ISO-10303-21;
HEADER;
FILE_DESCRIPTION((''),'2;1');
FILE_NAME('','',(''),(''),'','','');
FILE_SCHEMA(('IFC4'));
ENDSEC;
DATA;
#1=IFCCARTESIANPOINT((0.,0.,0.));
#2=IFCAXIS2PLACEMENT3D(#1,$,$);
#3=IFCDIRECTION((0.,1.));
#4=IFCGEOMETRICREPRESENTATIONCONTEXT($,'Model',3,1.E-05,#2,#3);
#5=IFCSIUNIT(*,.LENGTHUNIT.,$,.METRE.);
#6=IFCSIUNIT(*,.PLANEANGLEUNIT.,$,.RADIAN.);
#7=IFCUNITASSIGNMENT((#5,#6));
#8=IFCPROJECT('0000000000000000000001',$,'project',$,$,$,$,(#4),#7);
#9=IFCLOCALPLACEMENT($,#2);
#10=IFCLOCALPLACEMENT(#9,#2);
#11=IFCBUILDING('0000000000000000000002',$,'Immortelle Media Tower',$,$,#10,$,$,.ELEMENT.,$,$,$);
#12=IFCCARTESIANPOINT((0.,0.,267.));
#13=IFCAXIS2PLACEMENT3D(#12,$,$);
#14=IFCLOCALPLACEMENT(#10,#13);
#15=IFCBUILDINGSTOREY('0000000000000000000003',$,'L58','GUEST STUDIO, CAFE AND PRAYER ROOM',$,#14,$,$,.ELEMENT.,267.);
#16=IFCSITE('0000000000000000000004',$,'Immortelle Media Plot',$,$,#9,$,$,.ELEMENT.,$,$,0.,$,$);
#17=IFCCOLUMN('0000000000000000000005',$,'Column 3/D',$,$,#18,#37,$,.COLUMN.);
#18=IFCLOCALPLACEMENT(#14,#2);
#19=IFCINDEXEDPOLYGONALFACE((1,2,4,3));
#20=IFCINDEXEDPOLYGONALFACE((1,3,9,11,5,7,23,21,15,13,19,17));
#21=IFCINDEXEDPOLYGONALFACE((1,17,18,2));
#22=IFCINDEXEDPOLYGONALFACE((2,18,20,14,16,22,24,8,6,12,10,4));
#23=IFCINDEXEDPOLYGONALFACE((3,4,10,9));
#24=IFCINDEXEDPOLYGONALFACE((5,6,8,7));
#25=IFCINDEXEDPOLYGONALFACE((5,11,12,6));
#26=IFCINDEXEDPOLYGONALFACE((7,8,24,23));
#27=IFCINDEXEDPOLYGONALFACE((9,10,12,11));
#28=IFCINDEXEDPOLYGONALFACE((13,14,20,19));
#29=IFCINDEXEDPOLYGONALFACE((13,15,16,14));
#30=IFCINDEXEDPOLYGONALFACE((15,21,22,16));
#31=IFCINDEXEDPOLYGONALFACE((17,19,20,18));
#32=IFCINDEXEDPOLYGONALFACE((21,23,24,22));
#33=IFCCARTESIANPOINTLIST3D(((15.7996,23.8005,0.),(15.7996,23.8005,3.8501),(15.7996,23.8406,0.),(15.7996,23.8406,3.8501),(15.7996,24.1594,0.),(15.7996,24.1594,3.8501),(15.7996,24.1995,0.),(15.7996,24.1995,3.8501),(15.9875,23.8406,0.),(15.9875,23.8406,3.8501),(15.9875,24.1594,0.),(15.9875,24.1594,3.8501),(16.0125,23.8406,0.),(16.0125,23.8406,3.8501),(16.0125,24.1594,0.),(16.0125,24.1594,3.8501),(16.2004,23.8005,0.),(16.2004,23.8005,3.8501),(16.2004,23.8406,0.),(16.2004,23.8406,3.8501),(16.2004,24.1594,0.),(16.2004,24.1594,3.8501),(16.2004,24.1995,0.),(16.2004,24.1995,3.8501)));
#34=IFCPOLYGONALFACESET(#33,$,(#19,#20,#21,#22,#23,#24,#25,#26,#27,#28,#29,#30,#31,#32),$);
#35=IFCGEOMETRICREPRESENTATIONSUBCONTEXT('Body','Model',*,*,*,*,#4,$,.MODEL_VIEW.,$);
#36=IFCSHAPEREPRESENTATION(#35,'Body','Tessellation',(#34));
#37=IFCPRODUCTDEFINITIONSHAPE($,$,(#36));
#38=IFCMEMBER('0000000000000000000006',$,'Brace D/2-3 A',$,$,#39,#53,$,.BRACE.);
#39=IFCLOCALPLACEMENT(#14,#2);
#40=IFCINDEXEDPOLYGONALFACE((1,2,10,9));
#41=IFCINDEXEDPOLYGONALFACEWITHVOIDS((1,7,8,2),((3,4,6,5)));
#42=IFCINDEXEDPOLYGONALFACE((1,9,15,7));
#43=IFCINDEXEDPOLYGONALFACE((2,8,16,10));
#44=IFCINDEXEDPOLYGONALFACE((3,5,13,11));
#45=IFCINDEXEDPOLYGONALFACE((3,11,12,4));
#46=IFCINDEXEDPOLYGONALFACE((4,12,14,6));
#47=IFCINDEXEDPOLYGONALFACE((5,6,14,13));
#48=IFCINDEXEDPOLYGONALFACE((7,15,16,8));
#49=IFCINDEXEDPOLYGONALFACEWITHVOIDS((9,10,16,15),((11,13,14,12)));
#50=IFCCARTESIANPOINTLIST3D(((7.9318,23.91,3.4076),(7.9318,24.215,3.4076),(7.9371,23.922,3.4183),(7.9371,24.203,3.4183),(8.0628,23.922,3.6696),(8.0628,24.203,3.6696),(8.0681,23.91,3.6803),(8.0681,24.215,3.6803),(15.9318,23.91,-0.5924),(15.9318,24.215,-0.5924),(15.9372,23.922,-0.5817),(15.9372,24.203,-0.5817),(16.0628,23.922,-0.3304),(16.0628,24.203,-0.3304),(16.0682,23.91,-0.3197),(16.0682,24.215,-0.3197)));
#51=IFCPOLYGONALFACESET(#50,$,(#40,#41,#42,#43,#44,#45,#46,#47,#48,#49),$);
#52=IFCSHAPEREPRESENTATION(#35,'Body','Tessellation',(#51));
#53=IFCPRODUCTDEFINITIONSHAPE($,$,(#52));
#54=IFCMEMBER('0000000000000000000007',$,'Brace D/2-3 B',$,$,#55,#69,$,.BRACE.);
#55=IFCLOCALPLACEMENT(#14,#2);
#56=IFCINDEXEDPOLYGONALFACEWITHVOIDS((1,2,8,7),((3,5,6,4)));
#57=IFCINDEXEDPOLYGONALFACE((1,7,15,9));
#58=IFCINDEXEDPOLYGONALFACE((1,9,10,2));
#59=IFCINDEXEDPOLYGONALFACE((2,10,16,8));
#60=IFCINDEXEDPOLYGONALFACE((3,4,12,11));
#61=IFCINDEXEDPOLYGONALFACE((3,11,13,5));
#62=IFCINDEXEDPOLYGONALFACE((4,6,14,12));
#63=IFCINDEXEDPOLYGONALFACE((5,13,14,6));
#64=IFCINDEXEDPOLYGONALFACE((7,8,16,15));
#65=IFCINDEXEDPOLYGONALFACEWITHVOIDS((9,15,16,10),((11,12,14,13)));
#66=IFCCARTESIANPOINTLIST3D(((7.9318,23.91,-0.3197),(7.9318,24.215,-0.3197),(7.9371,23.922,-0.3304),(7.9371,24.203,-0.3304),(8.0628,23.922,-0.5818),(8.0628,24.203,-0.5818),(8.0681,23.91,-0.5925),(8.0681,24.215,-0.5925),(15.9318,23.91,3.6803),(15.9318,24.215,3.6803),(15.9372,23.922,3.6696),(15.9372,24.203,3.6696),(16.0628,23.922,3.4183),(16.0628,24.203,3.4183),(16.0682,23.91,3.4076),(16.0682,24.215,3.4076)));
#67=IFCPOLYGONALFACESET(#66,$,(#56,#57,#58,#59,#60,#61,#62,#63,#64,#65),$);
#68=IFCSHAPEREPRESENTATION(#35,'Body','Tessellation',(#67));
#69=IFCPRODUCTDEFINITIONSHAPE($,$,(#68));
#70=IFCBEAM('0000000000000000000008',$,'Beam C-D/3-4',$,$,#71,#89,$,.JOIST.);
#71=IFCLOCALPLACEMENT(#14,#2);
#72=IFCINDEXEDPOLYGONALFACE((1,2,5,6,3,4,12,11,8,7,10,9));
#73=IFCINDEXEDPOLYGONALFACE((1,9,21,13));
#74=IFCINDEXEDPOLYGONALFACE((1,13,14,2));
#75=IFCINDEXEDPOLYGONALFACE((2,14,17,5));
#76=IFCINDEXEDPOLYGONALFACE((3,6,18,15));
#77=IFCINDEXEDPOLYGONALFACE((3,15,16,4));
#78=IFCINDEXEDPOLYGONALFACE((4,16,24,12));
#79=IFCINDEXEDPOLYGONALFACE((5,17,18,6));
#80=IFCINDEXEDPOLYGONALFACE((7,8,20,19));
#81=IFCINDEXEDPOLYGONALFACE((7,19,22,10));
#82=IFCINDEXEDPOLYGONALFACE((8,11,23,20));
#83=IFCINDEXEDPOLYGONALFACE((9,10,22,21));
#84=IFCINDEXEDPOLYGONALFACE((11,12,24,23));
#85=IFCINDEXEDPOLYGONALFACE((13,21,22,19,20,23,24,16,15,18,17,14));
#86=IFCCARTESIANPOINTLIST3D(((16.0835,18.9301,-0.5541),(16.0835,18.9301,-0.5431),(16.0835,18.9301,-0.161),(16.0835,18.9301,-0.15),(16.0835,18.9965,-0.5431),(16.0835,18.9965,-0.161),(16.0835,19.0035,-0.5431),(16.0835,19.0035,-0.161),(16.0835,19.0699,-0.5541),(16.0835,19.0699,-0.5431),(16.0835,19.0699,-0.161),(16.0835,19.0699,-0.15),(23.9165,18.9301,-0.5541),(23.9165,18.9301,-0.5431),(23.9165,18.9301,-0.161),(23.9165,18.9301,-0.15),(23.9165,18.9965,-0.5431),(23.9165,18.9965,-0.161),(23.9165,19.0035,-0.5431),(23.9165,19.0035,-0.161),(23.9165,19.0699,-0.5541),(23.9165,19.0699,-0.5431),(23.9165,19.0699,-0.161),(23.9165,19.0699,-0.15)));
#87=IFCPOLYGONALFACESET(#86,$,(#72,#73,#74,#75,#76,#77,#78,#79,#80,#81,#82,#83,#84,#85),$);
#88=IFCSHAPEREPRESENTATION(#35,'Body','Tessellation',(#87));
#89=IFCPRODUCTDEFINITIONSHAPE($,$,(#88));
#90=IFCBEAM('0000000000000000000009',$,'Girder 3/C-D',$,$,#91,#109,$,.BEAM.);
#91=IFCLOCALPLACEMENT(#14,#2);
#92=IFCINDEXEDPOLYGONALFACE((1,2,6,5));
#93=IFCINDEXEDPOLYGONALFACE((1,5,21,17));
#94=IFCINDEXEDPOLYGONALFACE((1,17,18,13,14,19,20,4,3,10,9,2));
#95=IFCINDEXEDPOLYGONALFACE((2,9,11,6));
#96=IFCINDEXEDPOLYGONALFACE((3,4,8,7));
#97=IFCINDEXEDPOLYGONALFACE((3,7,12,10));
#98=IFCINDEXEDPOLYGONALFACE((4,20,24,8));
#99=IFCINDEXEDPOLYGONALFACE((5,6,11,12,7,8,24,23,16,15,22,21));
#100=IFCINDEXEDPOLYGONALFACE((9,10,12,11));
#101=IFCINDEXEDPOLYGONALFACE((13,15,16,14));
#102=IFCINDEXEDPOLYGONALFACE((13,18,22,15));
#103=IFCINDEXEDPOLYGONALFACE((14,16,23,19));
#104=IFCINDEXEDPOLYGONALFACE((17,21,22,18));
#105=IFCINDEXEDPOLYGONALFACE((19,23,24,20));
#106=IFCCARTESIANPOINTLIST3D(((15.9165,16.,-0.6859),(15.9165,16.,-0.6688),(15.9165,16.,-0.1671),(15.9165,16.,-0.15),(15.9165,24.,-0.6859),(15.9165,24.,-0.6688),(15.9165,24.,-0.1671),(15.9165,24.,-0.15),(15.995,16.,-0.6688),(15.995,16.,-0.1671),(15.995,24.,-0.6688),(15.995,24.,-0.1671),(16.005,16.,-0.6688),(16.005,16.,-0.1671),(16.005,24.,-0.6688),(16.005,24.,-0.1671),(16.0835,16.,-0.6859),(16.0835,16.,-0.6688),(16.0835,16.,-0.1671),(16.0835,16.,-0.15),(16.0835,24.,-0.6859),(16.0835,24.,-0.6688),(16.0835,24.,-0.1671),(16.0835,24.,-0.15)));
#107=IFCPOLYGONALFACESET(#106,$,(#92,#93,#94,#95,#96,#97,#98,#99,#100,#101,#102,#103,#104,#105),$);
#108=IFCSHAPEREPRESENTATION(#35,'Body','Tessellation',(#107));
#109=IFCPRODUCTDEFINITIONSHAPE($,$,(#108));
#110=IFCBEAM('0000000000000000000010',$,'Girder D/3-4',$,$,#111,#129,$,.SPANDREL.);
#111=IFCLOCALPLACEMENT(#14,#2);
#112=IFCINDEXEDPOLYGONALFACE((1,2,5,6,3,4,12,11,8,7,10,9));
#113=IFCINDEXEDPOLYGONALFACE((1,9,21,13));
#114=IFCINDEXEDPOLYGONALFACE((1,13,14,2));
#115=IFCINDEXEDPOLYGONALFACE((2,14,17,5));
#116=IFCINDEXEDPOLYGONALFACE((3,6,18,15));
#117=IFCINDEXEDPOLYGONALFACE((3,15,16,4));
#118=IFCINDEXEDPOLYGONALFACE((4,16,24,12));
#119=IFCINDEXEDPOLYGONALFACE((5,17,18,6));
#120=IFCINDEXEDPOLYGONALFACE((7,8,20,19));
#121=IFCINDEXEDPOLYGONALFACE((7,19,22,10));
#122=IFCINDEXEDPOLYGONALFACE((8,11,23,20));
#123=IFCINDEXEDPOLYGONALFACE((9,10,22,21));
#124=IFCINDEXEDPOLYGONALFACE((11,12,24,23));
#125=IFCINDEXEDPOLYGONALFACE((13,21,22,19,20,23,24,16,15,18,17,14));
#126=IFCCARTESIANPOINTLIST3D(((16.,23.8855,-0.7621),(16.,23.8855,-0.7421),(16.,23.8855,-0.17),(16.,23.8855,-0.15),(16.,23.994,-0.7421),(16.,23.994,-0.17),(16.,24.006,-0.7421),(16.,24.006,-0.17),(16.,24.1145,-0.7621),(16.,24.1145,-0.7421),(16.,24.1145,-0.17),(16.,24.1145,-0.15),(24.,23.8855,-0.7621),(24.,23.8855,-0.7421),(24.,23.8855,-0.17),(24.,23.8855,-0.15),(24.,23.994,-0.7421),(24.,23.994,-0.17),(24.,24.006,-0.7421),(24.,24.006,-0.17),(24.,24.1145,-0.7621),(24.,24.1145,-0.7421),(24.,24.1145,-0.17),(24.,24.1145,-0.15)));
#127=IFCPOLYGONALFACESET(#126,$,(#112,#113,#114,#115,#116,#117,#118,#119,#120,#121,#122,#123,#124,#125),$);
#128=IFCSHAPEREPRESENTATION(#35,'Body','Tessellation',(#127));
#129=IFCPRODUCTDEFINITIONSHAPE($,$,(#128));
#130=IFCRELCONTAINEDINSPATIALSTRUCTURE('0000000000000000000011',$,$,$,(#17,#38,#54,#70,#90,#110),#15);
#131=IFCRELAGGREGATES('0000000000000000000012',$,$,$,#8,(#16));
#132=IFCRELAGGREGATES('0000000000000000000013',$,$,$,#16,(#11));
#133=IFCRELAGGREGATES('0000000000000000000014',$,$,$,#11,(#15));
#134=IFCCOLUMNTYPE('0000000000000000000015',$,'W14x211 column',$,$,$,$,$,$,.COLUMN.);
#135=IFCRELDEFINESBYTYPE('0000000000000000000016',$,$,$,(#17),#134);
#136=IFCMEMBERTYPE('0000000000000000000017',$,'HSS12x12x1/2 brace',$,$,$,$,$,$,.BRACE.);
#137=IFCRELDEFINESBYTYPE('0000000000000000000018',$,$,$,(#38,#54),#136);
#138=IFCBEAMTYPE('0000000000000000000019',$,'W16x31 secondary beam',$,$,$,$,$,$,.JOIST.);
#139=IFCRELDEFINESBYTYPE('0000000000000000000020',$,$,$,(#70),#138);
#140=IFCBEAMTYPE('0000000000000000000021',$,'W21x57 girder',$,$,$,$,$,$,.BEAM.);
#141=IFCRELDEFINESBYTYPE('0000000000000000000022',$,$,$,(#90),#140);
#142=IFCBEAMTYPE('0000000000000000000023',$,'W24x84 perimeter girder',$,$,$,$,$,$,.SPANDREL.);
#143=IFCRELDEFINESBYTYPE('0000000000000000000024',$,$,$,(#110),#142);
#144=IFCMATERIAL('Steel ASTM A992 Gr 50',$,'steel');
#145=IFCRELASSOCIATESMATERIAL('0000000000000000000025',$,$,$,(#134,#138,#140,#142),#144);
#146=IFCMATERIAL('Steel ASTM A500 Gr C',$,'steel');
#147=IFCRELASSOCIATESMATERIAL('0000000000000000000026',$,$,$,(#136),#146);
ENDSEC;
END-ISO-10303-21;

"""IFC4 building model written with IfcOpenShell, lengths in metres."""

from ifc_helpers import new_model, si_unit, direction, frame, origin, origin_2d, place, context, subcontext, project, spatial, hollow_rectangle, i_section, extrude, material, material_profile, profile_set, type_object, element, save


model = new_model("IFC4")

# Units and contexts
model_context = context("Model", 3, precision=1e-05, world=origin(), true_north=direction((0.0, 1.0)))
body_context = subcontext(model_context, "Body", "Model", "MODEL_VIEW")
ifc_project = project(units=[si_unit("LENGTHUNIT", "METRE"), si_unit("PLANEANGLEUNIT", "RADIAN")], contexts=[model_context])

# Site, building, storey
site_placement = place(None, origin())
site = spatial("IfcSite", under=ifc_project, at=site_placement, Name="Immortelle Media Plot", CompositionType="ELEMENT", RefElevation=0.0)
building_placement = place(site_placement, origin())
building = spatial("IfcBuilding", under=site, at=building_placement, Name="Immortelle Media Tower", CompositionType="ELEMENT")
storey_placement = place(building_placement, frame((0.0, 0.0, 267.0)))
storey = spatial("IfcBuildingStorey", under=building, at=storey_placement, Name="L58", Description="GUEST STUDIO, CAFE AND PRAYER ROOM", CompositionType="ELEMENT", Elevation=267.0)

# Column
ifc_material_1 = material(Name="Steel ASTM A992 Gr 50", Category="steel")
ifc_material_profile_1 = material_profile(ifc_material_1, i_section(OverallWidth=0.4009, OverallDepth=0.3989, WebThickness=0.0249, FlangeThickness=0.04, at=origin_2d()), Name="W14x211")
ifc_profile_set_1 = profile_set([ifc_material_profile_1], Name="Steel ASTM A992 Gr 50")
column_type = type_object("IfcColumnType", Name="W14x211 column", PredefinedType="COLUMN", material=ifc_profile_set_1)
column_placement = place(storey_placement, frame((16.0, 24.0, 0.0), z_axis=(0.0, 0.0, 1.0), x_axis=(1.0, 0.0, 0.0)))
element("IfcColumn", 1, at=column_placement, inside=storey, type_object=column_type, Name="Column 3/D", PredefinedType="COLUMN", context=body_context, shape_type="SweptSolid", body=[
    extrude(i_section(OverallWidth=0.4009, OverallDepth=0.3989, WebThickness=0.0249, FlangeThickness=0.04, at=origin_2d()), origin(), (0.0, 0.0, 1.0), 3.8501),
])

# Members
ifc_material_2 = material(Name="Steel ASTM A500 Gr C", Category="steel")
ifc_material_profile_2 = material_profile(ifc_material_2, hollow_rectangle(XDim=0.3049, YDim=0.3049, WallThickness=0.012, at=origin_2d()), Name="HSS12x12x1/2 brace")
ifc_profile_set_2 = profile_set([ifc_material_profile_2], Name="Steel ASTM A500 Gr C")
member_type = type_object("IfcMemberType", Name="HSS12x12x1/2 brace", PredefinedType="BRACE", material=ifc_profile_set_2)
for number, where, z_axis, x_axis, name in (
    (2, (16.0, 24.0625, -0.4561), (-0.894427, 0.0, 0.447214), (0.0, -1.0, 0.0), "Brace D/2-3 A"),
    (3, (16.0, 24.0625, 3.5439), (-0.894427, 0.0, -0.447214), (0.0, -1.0, 0.0), "Brace D/2-3 B"),
):
    element("IfcMember", number, at=place(storey_placement, frame(where, z_axis=z_axis, x_axis=x_axis)), inside=storey, type_object=member_type, Name=name, PredefinedType="BRACE", context=body_context, shape_type="SweptSolid", body=[
        extrude(hollow_rectangle(XDim=0.3049, YDim=0.3049, WallThickness=0.012, at=origin_2d()), origin(), (0.0, 0.0, 1.0), 8.9443),
    ])

# Beams
ifc_material_profile_3 = material_profile(ifc_material_1, i_section(OverallWidth=0.1399, OverallDepth=0.4041, WebThickness=0.0071, FlangeThickness=0.011, at=origin_2d()), Name="W16x31")
ifc_profile_set_3 = profile_set([ifc_material_profile_3], Name="Steel ASTM A992 Gr 50")
beam_type_1 = type_object("IfcBeamType", Name="W16x31 secondary beam", PredefinedType="JOIST", material=ifc_profile_set_3)
beam_1_placement = place(storey_placement, frame((16.0835, 19.0, -0.3521), z_axis=(1.0, 0.0, 0.0), x_axis=(0.0, 1.0, 0.0)))
element("IfcBeam", 4, at=beam_1_placement, inside=storey, type_object=beam_type_1, Name="Beam C-D/3-4", PredefinedType="JOIST", context=body_context, shape_type="SweptSolid", body=[
    extrude(i_section(OverallWidth=0.1399, OverallDepth=0.4041, WebThickness=0.0071, FlangeThickness=0.011, at=origin_2d()), origin(), (0.0, 0.0, 1.0), 7.833),
])
ifc_material_profile_4 = material_profile(ifc_material_1, i_section(OverallWidth=0.167, OverallDepth=0.5359, WebThickness=0.01, FlangeThickness=0.0171, at=origin_2d()), Name="W21x57")
ifc_profile_set_4 = profile_set([ifc_material_profile_4], Name="Steel ASTM A992 Gr 50")
beam_type_2 = type_object("IfcBeamType", Name="W21x57 girder", PredefinedType="BEAM", material=ifc_profile_set_4)
beam_2_placement = place(storey_placement, frame((16.0, 16.0, -0.418), z_axis=(0.0, 1.0, 0.0), x_axis=(-1.0, 0.0, 0.0)))
element("IfcBeam", 5, at=beam_2_placement, inside=storey, type_object=beam_type_2, Name="Girder 3/C-D", PredefinedType="BEAM", context=body_context, shape_type="SweptSolid", body=[
    extrude(i_section(OverallWidth=0.167, OverallDepth=0.5359, WebThickness=0.01, FlangeThickness=0.0171, at=origin_2d()), origin(), (0.0, 0.0, 1.0), 8.0),
])
ifc_material_profile_5 = material_profile(ifc_material_1, i_section(OverallWidth=0.229, OverallDepth=0.6121, WebThickness=0.012, FlangeThickness=0.02, at=origin_2d()), Name="W24x84")
ifc_profile_set_5 = profile_set([ifc_material_profile_5], Name="Steel ASTM A992 Gr 50")
beam_type_3 = type_object("IfcBeamType", Name="W24x84 perimeter girder", PredefinedType="SPANDREL", material=ifc_profile_set_5)
beam_3_placement = place(storey_placement, frame((16.0, 24.0, -0.4561), z_axis=(1.0, 0.0, 0.0), x_axis=(0.0, 1.0, 0.0)))
element("IfcBeam", 6, at=beam_3_placement, inside=storey, type_object=beam_type_3, Name="Girder D/3-4", PredefinedType="SPANDREL", context=body_context, shape_type="SweptSolid", body=[
    extrude(i_section(OverallWidth=0.229, OverallDepth=0.6121, WebThickness=0.012, FlangeThickness=0.02, at=origin_2d()), origin(), (0.0, 0.0, 1.0), 8.0),
])

save(model, "model.ifc")
